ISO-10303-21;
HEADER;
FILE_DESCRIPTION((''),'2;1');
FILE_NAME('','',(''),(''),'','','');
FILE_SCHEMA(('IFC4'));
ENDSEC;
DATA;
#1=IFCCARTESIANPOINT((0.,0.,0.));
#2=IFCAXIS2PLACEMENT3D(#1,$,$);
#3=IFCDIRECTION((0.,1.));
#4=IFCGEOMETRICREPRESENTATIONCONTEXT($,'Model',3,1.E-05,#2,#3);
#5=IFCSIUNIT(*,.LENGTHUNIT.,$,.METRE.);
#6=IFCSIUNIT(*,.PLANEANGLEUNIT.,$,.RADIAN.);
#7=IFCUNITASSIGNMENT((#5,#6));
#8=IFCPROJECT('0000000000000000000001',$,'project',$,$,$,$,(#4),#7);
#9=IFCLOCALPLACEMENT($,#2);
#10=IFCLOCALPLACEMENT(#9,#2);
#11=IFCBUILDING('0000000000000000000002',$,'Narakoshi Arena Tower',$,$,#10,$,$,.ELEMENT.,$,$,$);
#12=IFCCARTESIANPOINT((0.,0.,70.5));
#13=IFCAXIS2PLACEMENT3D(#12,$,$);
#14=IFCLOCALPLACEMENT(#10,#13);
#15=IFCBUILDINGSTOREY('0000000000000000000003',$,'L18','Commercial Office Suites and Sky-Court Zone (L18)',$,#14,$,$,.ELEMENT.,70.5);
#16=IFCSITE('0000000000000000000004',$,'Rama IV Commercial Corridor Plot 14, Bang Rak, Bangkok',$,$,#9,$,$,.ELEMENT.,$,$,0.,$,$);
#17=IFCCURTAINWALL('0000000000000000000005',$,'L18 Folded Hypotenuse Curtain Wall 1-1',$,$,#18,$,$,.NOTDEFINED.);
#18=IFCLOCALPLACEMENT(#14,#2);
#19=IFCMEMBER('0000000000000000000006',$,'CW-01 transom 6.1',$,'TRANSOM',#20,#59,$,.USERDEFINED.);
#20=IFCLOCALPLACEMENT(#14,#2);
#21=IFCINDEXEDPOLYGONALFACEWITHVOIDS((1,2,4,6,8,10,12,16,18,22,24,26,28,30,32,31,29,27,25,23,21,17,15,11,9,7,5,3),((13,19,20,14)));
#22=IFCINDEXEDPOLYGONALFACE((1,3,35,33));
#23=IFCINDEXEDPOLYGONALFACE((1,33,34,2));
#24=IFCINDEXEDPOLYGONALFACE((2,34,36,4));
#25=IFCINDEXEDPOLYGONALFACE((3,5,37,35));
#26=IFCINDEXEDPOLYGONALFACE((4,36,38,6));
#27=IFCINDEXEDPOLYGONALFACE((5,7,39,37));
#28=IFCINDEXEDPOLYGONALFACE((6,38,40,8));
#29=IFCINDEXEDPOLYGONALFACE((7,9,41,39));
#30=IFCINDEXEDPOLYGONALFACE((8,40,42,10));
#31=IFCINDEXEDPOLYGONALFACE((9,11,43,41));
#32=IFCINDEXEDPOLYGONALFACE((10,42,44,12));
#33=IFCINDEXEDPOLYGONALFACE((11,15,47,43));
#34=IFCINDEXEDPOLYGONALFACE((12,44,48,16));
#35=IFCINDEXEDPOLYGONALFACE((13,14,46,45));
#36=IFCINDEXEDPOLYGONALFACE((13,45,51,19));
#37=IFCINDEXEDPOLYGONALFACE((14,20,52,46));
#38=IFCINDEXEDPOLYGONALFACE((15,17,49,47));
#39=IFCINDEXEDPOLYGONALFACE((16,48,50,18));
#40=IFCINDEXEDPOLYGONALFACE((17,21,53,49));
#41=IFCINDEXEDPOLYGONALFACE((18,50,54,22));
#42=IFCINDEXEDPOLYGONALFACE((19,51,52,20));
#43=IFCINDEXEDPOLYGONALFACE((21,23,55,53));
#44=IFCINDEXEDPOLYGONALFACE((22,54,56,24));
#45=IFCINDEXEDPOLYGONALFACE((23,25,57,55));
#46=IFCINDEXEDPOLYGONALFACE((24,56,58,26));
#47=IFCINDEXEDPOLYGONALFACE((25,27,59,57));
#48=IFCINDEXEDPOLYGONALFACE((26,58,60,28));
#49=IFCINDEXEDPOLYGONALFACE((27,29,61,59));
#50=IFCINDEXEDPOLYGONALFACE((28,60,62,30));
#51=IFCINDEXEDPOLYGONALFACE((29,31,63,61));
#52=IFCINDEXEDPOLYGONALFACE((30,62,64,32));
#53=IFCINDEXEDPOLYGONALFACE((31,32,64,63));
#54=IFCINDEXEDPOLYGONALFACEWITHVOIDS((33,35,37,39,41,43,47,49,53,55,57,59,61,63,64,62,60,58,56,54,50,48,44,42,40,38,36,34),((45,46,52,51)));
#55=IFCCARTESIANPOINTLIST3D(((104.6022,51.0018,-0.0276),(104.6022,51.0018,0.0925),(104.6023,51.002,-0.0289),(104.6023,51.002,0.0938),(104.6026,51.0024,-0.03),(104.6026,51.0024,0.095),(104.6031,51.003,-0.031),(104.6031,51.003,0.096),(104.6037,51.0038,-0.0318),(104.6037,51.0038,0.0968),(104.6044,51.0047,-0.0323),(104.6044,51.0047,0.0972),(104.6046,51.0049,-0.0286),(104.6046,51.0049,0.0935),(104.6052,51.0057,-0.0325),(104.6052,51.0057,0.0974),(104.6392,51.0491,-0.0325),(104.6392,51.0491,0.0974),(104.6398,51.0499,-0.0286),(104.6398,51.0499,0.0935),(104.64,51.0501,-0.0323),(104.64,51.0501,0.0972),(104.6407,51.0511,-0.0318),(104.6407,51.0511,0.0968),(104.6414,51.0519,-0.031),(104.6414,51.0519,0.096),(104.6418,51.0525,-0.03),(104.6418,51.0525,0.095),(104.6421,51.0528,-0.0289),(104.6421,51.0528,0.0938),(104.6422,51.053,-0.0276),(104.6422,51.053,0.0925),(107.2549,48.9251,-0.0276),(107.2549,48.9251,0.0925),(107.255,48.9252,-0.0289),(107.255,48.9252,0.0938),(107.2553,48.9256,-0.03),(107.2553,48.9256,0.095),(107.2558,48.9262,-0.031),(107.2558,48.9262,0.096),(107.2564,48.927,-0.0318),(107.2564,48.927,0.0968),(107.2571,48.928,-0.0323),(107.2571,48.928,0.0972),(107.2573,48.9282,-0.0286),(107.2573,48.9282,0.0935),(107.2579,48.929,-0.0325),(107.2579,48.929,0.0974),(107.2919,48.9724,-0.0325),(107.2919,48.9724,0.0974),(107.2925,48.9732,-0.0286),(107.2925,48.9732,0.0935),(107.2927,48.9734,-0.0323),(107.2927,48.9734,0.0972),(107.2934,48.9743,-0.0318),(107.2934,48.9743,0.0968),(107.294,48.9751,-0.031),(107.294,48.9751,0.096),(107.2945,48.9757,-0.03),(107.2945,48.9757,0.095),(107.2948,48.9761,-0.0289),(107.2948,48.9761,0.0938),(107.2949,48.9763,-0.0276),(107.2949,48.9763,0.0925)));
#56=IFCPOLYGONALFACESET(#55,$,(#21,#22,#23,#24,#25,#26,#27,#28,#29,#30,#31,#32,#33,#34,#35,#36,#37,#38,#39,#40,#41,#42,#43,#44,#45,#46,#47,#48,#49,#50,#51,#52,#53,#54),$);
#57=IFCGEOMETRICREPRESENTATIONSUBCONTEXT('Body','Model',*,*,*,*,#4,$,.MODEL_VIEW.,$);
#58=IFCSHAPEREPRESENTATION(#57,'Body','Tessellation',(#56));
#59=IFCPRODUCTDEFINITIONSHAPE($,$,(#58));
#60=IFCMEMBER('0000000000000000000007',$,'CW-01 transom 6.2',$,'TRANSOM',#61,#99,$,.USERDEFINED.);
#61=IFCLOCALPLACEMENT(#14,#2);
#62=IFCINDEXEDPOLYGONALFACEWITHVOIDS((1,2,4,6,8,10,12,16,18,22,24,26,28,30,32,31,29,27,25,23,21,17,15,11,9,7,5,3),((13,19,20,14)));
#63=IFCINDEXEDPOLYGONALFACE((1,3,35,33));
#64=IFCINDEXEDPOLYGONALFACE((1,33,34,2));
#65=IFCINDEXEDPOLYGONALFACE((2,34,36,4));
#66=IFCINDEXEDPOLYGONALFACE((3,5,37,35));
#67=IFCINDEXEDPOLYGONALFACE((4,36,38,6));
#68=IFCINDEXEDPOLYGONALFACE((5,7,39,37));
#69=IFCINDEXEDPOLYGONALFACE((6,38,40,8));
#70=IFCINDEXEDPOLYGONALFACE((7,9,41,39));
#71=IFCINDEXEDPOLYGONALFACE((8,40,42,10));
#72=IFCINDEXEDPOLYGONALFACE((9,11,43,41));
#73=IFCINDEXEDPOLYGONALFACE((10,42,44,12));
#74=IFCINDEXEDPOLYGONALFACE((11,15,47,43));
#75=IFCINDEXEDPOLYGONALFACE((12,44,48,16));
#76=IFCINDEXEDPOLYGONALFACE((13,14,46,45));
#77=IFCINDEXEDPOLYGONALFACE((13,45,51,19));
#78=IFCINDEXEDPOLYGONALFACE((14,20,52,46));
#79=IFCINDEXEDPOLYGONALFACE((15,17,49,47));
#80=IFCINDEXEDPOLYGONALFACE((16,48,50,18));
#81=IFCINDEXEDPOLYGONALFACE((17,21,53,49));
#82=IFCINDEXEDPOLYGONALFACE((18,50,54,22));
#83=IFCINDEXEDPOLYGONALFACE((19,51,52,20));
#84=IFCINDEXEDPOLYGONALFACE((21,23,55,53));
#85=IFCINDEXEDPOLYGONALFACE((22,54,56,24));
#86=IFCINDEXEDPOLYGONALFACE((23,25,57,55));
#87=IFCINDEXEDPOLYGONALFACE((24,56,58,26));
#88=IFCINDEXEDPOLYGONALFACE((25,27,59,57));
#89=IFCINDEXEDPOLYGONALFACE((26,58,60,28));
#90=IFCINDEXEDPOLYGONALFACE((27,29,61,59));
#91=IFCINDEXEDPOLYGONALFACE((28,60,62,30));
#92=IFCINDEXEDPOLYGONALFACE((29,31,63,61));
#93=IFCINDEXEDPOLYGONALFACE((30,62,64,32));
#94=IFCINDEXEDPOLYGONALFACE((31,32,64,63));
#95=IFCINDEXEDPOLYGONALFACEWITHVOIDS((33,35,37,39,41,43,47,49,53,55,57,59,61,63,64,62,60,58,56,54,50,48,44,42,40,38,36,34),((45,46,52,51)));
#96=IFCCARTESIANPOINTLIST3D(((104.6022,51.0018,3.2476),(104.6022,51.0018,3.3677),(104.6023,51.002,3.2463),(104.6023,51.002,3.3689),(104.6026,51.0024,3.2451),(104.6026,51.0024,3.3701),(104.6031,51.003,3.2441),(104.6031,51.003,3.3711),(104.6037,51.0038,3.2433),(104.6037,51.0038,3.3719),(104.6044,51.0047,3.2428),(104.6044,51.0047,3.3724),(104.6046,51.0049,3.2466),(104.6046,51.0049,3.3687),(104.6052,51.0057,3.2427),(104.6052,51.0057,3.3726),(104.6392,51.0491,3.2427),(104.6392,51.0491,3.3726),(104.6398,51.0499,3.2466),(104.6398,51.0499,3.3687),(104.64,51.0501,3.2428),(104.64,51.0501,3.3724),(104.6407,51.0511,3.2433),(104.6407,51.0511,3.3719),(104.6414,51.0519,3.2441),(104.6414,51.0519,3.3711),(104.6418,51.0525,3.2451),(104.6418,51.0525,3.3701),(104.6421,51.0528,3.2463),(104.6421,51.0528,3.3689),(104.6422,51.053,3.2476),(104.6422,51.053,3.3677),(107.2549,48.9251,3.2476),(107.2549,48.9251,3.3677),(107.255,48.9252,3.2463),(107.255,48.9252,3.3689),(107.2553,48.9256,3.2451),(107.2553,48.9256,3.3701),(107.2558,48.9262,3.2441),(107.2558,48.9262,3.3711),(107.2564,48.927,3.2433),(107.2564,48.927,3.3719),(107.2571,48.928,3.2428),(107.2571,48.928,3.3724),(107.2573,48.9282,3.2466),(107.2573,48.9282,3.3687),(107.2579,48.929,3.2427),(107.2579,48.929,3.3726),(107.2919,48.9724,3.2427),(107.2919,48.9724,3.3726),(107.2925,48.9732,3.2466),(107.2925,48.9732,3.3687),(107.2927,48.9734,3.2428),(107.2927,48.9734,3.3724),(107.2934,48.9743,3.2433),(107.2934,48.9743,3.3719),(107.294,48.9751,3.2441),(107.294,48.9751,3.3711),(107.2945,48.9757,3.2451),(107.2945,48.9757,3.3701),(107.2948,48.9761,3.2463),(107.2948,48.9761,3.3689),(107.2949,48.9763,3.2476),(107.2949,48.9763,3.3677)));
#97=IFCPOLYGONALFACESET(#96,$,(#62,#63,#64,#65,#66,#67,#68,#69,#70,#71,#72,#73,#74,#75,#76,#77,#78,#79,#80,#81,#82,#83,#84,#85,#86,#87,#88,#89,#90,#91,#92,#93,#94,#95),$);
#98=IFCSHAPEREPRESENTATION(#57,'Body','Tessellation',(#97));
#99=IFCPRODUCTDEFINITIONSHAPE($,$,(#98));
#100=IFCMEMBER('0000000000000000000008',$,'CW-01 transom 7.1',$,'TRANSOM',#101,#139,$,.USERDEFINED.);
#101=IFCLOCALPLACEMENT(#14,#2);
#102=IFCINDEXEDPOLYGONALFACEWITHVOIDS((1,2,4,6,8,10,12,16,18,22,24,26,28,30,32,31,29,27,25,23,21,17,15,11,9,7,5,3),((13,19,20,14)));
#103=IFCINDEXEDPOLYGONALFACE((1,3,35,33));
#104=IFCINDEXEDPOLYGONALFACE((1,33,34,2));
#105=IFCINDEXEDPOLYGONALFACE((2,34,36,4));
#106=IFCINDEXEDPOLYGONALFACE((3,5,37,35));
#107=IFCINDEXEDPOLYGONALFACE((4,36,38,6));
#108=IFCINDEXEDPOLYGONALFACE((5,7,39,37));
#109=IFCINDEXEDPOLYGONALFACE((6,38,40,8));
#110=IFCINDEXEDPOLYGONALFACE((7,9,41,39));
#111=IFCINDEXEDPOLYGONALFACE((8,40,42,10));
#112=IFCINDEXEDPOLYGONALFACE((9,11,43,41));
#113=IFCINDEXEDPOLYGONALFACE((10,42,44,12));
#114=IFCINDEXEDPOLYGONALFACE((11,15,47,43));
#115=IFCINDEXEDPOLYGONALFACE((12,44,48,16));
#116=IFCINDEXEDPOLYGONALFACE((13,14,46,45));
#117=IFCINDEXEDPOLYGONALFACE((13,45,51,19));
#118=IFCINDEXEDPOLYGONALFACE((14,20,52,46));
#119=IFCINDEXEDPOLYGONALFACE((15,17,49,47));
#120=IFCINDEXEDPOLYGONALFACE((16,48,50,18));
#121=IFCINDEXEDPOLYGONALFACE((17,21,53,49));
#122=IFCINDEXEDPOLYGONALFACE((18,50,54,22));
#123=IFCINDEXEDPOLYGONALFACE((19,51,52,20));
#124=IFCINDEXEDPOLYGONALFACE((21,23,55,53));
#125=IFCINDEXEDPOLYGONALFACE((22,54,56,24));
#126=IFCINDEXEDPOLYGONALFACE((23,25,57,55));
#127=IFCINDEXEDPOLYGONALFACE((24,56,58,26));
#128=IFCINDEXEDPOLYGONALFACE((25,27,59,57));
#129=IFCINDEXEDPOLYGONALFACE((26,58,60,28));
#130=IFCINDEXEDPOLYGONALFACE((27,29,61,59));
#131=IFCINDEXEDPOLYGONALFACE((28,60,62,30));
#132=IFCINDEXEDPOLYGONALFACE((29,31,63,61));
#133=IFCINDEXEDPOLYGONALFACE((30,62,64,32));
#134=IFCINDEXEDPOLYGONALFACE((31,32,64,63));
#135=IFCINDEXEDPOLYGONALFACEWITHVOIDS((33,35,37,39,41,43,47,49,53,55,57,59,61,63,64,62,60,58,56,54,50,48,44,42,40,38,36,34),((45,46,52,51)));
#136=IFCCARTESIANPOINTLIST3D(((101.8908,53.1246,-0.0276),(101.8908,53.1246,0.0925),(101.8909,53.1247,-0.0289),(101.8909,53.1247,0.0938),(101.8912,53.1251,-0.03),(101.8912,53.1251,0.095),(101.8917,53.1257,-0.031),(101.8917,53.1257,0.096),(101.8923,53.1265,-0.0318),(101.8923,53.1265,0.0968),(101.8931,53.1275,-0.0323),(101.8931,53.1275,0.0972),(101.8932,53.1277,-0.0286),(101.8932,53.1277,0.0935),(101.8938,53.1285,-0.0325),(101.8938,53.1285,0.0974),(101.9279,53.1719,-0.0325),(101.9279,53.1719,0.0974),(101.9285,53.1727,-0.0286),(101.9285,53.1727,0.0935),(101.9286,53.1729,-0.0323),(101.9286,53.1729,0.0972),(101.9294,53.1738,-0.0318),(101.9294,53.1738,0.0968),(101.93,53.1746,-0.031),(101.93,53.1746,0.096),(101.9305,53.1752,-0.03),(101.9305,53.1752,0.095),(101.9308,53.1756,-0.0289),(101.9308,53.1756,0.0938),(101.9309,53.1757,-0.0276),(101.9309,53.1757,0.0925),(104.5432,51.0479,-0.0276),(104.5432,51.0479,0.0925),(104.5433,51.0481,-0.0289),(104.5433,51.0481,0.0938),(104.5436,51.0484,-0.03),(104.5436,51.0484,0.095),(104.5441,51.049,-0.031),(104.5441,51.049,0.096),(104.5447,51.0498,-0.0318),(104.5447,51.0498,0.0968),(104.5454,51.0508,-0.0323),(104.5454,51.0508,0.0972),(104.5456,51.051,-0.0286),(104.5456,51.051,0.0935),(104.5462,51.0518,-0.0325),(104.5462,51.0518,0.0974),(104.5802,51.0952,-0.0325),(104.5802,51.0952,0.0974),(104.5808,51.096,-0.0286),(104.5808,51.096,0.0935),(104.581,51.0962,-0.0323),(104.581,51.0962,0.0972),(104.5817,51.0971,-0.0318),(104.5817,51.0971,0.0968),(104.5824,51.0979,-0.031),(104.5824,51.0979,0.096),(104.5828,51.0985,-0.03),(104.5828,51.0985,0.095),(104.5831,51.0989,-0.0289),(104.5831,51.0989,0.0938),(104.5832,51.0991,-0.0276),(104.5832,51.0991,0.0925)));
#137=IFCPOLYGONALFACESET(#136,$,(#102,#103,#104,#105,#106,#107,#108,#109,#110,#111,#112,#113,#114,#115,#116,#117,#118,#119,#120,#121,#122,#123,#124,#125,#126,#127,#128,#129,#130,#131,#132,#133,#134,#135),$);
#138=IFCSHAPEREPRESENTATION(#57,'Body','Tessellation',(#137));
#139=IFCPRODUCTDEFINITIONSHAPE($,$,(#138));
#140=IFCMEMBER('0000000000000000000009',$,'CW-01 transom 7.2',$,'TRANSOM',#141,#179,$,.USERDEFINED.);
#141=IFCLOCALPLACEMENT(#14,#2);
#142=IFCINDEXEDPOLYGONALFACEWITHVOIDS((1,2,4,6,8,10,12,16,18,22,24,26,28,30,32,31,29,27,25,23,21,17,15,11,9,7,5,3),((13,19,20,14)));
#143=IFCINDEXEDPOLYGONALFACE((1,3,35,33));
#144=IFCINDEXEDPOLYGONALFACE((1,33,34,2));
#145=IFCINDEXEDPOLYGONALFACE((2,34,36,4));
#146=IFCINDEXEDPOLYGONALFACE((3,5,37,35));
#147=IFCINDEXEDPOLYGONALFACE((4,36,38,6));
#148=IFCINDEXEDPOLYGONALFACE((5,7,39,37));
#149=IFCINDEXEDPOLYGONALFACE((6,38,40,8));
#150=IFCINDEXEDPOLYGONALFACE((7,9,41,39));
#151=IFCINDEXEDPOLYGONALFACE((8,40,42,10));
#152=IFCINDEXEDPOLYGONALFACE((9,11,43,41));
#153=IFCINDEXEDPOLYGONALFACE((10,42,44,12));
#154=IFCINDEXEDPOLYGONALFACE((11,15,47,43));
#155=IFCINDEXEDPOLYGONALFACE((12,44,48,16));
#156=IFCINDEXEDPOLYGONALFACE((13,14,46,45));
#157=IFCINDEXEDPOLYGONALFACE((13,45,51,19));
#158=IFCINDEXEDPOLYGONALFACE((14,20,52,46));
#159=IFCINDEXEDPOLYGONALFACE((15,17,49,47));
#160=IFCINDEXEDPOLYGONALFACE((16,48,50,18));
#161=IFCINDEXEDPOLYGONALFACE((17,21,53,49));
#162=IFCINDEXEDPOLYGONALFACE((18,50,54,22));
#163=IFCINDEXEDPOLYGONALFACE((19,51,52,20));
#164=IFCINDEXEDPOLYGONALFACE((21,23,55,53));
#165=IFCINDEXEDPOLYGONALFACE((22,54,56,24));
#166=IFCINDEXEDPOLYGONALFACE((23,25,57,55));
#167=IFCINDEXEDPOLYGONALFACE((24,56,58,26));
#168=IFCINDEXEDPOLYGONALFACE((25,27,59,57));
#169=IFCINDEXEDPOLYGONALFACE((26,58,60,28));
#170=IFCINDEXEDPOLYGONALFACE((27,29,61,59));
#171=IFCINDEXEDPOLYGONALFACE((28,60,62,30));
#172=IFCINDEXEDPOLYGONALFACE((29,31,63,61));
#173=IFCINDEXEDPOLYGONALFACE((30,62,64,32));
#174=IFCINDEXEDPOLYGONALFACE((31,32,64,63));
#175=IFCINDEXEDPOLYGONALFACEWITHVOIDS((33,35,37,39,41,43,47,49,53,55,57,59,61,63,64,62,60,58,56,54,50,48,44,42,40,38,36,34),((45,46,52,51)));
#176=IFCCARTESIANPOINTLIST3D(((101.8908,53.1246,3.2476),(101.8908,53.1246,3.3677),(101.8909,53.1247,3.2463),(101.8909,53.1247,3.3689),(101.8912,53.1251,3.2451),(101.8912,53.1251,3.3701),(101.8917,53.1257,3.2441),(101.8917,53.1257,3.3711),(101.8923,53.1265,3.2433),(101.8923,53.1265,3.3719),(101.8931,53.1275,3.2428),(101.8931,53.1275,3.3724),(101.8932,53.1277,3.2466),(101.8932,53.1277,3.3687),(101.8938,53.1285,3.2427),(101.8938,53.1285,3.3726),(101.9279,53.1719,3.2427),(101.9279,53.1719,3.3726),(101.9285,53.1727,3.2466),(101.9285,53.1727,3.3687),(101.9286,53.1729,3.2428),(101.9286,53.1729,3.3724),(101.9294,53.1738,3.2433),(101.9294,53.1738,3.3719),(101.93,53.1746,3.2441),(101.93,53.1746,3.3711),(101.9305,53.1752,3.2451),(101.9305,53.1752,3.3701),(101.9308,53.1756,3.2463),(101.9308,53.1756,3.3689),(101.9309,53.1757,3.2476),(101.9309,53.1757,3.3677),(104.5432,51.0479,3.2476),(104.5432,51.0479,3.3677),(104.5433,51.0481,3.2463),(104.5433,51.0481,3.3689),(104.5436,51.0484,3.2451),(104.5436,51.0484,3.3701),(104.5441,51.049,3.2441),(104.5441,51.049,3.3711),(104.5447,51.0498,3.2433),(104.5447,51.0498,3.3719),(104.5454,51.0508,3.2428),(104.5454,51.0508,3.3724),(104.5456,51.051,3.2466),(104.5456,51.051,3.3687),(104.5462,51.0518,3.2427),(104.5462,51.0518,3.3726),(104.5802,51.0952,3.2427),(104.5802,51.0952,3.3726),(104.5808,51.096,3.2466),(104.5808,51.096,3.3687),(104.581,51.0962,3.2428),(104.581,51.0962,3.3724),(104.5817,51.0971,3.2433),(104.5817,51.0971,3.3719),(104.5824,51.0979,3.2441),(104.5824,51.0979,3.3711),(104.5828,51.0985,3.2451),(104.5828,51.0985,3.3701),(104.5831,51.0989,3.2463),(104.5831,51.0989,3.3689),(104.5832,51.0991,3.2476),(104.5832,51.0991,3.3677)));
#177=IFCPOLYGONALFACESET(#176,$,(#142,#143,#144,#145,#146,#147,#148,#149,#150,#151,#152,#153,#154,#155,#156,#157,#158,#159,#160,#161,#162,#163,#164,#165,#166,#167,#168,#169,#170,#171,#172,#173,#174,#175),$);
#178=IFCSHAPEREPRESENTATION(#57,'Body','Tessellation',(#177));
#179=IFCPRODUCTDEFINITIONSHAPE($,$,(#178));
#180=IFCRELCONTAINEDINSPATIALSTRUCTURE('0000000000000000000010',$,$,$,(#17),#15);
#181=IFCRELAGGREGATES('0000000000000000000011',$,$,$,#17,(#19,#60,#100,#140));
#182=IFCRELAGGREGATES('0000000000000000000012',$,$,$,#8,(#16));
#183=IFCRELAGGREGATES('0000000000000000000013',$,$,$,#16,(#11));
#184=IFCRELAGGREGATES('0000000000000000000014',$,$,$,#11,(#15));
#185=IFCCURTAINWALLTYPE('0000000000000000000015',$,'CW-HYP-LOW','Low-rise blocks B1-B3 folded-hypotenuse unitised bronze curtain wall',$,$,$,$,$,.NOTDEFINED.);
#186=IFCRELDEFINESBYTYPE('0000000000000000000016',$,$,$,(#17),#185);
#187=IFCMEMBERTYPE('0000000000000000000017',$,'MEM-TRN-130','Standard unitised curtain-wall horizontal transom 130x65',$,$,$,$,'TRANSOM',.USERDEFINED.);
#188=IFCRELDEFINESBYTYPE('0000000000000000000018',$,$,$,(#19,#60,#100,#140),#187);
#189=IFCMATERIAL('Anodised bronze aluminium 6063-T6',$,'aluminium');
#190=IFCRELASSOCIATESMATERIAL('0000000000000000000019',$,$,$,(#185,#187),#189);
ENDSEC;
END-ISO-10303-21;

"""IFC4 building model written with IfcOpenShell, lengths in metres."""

from ifc_helpers import new_model, si_unit, direction, frame, origin, origin_2d, place, context, subcontext, project, spatial, hollow_rectangle, extrude, material, material_profile, profile_set, type_object, element, aggregate, save


model = new_model("IFC4")

# Units and contexts
model_context = context("Model", 3, precision=1e-05, world=origin(), true_north=direction((0.0, 1.0)))
body_context = subcontext(model_context, "Body", "Model", "MODEL_VIEW")
ifc_project = project(units=[si_unit("LENGTHUNIT", "METRE"), si_unit("PLANEANGLEUNIT", "RADIAN")], contexts=[model_context])

# Site, building, storey
site_placement = place(None, origin())
site = spatial("IfcSite", under=ifc_project, at=site_placement, Name="Rama IV Commercial Corridor Plot 14, Bang Rak, Bangkok", CompositionType="ELEMENT", RefElevation=0.0)
building_placement = place(site_placement, origin())
building = spatial("IfcBuilding", under=site, at=building_placement, Name="Narakoshi Arena Tower", CompositionType="ELEMENT")
storey_placement = place(building_placement, frame((0.0, 0.0, 70.5)))
storey = spatial("IfcBuildingStorey", under=building, at=storey_placement, Name="L18", Description="Commercial Office Suites and Sky-Court Zone (L18)", CompositionType="ELEMENT", Elevation=70.5)

# Curtain wall, members
ifc_material_1 = material(Name="Anodised bronze aluminium 6063-T6", Category="aluminium")
curtain_wall_type = type_object("IfcCurtainWallType", Name="CW-HYP-LOW", Description="Low-rise blocks B1-B3 folded-hypotenuse unitised bronze curtain wall", PredefinedType="NOTDEFINED", material=ifc_material_1)
curtain_wall_placement = place(storey_placement, origin())
curtain_wall = element("IfcCurtainWall", 1, at=curtain_wall_placement, inside=storey, type_object=curtain_wall_type, Name="L18 Folded Hypotenuse Curtain Wall 1-1", PredefinedType="NOTDEFINED")
ifc_material_profile_1 = material_profile(ifc_material_1, hollow_rectangle(XDim=0.0649, YDim=0.1299, WallThickness=0.0039, OuterFilletRadius=0.0049, at=origin_2d()), Name="TRN130x65x4")
ifc_profile_set_1 = profile_set([ifc_material_profile_1], Name="Anodised bronze aluminium 6063-T6")
member_type_1 = type_object("IfcMemberType", Name="MEM-TRN-130", Description="Standard unitised curtain-wall horizontal transom 130x65", ElementType="TRANSOM", PredefinedType="USERDEFINED", material=ifc_profile_set_1)
member_1_placement = place(storey_placement, frame((107.2749, 48.9507, 0.0325), z_axis=(-0.787401, 0.616441, 0.0), x_axis=(-0.616441, -0.787401, 0.0)))
member_1 = element("IfcMember", 2, at=member_1_placement, type_object=member_type_1, Name="CW-01 transom 6.1", ObjectType="TRANSOM", PredefinedType="USERDEFINED", context=body_context, shape_type="SweptSolid", body=[
    extrude(hollow_rectangle(XDim=0.0649, YDim=0.1299, WallThickness=0.0039, OuterFilletRadius=0.0049, at=origin_2d()), origin(), (0.0, 0.0, 1.0), 3.3689),
])
member_2_placement = place(storey_placement, frame((107.2749, 48.9507, 3.3076), z_axis=(-0.787401, 0.616441, 0.0), x_axis=(-0.616441, -0.787401, 0.0)))
member_2 = element("IfcMember", 3, at=member_2_placement, type_object=member_type_1, Name="CW-01 transom 6.2", ObjectType="TRANSOM", PredefinedType="USERDEFINED", context=body_context, shape_type="SweptSolid", body=[
    extrude(hollow_rectangle(XDim=0.0649, YDim=0.1299, WallThickness=0.0039, OuterFilletRadius=0.0049, at=origin_2d()), origin(), (0.0, 0.0, 1.0), 3.3689),
])
member_3_placement = place(storey_placement, frame((104.5632, 51.0735, 0.0325), z_axis=(-0.787373, 0.616476, 0.0), x_axis=(-0.616476, -0.787373, 0.0)))
member_3 = element("IfcMember", 4, at=member_3_placement, type_object=member_type_1, Name="CW-01 transom 7.1", ObjectType="TRANSOM", PredefinedType="USERDEFINED", context=body_context, shape_type="SweptSolid", body=[
    extrude(hollow_rectangle(XDim=0.0649, YDim=0.1299, WallThickness=0.0039, OuterFilletRadius=0.0049, at=origin_2d()), origin(), (0.0, 0.0, 1.0), 3.3687),
])
member_4_placement = place(storey_placement, frame((104.5632, 51.0735, 3.3076), z_axis=(-0.787373, 0.616476, 0.0), x_axis=(-0.616476, -0.787373, 0.0)))
member_4 = element("IfcMember", 5, at=member_4_placement, type_object=member_type_1, Name="CW-01 transom 7.2", ObjectType="TRANSOM", PredefinedType="USERDEFINED", context=body_context, shape_type="SweptSolid", body=[
    extrude(hollow_rectangle(XDim=0.0649, YDim=0.1299, WallThickness=0.0039, OuterFilletRadius=0.0049, at=origin_2d()), origin(), (0.0, 0.0, 1.0), 3.3687),
])
aggregate(curtain_wall, [member_1, member_2, member_3, member_4])

save(model, "model.ifc")
